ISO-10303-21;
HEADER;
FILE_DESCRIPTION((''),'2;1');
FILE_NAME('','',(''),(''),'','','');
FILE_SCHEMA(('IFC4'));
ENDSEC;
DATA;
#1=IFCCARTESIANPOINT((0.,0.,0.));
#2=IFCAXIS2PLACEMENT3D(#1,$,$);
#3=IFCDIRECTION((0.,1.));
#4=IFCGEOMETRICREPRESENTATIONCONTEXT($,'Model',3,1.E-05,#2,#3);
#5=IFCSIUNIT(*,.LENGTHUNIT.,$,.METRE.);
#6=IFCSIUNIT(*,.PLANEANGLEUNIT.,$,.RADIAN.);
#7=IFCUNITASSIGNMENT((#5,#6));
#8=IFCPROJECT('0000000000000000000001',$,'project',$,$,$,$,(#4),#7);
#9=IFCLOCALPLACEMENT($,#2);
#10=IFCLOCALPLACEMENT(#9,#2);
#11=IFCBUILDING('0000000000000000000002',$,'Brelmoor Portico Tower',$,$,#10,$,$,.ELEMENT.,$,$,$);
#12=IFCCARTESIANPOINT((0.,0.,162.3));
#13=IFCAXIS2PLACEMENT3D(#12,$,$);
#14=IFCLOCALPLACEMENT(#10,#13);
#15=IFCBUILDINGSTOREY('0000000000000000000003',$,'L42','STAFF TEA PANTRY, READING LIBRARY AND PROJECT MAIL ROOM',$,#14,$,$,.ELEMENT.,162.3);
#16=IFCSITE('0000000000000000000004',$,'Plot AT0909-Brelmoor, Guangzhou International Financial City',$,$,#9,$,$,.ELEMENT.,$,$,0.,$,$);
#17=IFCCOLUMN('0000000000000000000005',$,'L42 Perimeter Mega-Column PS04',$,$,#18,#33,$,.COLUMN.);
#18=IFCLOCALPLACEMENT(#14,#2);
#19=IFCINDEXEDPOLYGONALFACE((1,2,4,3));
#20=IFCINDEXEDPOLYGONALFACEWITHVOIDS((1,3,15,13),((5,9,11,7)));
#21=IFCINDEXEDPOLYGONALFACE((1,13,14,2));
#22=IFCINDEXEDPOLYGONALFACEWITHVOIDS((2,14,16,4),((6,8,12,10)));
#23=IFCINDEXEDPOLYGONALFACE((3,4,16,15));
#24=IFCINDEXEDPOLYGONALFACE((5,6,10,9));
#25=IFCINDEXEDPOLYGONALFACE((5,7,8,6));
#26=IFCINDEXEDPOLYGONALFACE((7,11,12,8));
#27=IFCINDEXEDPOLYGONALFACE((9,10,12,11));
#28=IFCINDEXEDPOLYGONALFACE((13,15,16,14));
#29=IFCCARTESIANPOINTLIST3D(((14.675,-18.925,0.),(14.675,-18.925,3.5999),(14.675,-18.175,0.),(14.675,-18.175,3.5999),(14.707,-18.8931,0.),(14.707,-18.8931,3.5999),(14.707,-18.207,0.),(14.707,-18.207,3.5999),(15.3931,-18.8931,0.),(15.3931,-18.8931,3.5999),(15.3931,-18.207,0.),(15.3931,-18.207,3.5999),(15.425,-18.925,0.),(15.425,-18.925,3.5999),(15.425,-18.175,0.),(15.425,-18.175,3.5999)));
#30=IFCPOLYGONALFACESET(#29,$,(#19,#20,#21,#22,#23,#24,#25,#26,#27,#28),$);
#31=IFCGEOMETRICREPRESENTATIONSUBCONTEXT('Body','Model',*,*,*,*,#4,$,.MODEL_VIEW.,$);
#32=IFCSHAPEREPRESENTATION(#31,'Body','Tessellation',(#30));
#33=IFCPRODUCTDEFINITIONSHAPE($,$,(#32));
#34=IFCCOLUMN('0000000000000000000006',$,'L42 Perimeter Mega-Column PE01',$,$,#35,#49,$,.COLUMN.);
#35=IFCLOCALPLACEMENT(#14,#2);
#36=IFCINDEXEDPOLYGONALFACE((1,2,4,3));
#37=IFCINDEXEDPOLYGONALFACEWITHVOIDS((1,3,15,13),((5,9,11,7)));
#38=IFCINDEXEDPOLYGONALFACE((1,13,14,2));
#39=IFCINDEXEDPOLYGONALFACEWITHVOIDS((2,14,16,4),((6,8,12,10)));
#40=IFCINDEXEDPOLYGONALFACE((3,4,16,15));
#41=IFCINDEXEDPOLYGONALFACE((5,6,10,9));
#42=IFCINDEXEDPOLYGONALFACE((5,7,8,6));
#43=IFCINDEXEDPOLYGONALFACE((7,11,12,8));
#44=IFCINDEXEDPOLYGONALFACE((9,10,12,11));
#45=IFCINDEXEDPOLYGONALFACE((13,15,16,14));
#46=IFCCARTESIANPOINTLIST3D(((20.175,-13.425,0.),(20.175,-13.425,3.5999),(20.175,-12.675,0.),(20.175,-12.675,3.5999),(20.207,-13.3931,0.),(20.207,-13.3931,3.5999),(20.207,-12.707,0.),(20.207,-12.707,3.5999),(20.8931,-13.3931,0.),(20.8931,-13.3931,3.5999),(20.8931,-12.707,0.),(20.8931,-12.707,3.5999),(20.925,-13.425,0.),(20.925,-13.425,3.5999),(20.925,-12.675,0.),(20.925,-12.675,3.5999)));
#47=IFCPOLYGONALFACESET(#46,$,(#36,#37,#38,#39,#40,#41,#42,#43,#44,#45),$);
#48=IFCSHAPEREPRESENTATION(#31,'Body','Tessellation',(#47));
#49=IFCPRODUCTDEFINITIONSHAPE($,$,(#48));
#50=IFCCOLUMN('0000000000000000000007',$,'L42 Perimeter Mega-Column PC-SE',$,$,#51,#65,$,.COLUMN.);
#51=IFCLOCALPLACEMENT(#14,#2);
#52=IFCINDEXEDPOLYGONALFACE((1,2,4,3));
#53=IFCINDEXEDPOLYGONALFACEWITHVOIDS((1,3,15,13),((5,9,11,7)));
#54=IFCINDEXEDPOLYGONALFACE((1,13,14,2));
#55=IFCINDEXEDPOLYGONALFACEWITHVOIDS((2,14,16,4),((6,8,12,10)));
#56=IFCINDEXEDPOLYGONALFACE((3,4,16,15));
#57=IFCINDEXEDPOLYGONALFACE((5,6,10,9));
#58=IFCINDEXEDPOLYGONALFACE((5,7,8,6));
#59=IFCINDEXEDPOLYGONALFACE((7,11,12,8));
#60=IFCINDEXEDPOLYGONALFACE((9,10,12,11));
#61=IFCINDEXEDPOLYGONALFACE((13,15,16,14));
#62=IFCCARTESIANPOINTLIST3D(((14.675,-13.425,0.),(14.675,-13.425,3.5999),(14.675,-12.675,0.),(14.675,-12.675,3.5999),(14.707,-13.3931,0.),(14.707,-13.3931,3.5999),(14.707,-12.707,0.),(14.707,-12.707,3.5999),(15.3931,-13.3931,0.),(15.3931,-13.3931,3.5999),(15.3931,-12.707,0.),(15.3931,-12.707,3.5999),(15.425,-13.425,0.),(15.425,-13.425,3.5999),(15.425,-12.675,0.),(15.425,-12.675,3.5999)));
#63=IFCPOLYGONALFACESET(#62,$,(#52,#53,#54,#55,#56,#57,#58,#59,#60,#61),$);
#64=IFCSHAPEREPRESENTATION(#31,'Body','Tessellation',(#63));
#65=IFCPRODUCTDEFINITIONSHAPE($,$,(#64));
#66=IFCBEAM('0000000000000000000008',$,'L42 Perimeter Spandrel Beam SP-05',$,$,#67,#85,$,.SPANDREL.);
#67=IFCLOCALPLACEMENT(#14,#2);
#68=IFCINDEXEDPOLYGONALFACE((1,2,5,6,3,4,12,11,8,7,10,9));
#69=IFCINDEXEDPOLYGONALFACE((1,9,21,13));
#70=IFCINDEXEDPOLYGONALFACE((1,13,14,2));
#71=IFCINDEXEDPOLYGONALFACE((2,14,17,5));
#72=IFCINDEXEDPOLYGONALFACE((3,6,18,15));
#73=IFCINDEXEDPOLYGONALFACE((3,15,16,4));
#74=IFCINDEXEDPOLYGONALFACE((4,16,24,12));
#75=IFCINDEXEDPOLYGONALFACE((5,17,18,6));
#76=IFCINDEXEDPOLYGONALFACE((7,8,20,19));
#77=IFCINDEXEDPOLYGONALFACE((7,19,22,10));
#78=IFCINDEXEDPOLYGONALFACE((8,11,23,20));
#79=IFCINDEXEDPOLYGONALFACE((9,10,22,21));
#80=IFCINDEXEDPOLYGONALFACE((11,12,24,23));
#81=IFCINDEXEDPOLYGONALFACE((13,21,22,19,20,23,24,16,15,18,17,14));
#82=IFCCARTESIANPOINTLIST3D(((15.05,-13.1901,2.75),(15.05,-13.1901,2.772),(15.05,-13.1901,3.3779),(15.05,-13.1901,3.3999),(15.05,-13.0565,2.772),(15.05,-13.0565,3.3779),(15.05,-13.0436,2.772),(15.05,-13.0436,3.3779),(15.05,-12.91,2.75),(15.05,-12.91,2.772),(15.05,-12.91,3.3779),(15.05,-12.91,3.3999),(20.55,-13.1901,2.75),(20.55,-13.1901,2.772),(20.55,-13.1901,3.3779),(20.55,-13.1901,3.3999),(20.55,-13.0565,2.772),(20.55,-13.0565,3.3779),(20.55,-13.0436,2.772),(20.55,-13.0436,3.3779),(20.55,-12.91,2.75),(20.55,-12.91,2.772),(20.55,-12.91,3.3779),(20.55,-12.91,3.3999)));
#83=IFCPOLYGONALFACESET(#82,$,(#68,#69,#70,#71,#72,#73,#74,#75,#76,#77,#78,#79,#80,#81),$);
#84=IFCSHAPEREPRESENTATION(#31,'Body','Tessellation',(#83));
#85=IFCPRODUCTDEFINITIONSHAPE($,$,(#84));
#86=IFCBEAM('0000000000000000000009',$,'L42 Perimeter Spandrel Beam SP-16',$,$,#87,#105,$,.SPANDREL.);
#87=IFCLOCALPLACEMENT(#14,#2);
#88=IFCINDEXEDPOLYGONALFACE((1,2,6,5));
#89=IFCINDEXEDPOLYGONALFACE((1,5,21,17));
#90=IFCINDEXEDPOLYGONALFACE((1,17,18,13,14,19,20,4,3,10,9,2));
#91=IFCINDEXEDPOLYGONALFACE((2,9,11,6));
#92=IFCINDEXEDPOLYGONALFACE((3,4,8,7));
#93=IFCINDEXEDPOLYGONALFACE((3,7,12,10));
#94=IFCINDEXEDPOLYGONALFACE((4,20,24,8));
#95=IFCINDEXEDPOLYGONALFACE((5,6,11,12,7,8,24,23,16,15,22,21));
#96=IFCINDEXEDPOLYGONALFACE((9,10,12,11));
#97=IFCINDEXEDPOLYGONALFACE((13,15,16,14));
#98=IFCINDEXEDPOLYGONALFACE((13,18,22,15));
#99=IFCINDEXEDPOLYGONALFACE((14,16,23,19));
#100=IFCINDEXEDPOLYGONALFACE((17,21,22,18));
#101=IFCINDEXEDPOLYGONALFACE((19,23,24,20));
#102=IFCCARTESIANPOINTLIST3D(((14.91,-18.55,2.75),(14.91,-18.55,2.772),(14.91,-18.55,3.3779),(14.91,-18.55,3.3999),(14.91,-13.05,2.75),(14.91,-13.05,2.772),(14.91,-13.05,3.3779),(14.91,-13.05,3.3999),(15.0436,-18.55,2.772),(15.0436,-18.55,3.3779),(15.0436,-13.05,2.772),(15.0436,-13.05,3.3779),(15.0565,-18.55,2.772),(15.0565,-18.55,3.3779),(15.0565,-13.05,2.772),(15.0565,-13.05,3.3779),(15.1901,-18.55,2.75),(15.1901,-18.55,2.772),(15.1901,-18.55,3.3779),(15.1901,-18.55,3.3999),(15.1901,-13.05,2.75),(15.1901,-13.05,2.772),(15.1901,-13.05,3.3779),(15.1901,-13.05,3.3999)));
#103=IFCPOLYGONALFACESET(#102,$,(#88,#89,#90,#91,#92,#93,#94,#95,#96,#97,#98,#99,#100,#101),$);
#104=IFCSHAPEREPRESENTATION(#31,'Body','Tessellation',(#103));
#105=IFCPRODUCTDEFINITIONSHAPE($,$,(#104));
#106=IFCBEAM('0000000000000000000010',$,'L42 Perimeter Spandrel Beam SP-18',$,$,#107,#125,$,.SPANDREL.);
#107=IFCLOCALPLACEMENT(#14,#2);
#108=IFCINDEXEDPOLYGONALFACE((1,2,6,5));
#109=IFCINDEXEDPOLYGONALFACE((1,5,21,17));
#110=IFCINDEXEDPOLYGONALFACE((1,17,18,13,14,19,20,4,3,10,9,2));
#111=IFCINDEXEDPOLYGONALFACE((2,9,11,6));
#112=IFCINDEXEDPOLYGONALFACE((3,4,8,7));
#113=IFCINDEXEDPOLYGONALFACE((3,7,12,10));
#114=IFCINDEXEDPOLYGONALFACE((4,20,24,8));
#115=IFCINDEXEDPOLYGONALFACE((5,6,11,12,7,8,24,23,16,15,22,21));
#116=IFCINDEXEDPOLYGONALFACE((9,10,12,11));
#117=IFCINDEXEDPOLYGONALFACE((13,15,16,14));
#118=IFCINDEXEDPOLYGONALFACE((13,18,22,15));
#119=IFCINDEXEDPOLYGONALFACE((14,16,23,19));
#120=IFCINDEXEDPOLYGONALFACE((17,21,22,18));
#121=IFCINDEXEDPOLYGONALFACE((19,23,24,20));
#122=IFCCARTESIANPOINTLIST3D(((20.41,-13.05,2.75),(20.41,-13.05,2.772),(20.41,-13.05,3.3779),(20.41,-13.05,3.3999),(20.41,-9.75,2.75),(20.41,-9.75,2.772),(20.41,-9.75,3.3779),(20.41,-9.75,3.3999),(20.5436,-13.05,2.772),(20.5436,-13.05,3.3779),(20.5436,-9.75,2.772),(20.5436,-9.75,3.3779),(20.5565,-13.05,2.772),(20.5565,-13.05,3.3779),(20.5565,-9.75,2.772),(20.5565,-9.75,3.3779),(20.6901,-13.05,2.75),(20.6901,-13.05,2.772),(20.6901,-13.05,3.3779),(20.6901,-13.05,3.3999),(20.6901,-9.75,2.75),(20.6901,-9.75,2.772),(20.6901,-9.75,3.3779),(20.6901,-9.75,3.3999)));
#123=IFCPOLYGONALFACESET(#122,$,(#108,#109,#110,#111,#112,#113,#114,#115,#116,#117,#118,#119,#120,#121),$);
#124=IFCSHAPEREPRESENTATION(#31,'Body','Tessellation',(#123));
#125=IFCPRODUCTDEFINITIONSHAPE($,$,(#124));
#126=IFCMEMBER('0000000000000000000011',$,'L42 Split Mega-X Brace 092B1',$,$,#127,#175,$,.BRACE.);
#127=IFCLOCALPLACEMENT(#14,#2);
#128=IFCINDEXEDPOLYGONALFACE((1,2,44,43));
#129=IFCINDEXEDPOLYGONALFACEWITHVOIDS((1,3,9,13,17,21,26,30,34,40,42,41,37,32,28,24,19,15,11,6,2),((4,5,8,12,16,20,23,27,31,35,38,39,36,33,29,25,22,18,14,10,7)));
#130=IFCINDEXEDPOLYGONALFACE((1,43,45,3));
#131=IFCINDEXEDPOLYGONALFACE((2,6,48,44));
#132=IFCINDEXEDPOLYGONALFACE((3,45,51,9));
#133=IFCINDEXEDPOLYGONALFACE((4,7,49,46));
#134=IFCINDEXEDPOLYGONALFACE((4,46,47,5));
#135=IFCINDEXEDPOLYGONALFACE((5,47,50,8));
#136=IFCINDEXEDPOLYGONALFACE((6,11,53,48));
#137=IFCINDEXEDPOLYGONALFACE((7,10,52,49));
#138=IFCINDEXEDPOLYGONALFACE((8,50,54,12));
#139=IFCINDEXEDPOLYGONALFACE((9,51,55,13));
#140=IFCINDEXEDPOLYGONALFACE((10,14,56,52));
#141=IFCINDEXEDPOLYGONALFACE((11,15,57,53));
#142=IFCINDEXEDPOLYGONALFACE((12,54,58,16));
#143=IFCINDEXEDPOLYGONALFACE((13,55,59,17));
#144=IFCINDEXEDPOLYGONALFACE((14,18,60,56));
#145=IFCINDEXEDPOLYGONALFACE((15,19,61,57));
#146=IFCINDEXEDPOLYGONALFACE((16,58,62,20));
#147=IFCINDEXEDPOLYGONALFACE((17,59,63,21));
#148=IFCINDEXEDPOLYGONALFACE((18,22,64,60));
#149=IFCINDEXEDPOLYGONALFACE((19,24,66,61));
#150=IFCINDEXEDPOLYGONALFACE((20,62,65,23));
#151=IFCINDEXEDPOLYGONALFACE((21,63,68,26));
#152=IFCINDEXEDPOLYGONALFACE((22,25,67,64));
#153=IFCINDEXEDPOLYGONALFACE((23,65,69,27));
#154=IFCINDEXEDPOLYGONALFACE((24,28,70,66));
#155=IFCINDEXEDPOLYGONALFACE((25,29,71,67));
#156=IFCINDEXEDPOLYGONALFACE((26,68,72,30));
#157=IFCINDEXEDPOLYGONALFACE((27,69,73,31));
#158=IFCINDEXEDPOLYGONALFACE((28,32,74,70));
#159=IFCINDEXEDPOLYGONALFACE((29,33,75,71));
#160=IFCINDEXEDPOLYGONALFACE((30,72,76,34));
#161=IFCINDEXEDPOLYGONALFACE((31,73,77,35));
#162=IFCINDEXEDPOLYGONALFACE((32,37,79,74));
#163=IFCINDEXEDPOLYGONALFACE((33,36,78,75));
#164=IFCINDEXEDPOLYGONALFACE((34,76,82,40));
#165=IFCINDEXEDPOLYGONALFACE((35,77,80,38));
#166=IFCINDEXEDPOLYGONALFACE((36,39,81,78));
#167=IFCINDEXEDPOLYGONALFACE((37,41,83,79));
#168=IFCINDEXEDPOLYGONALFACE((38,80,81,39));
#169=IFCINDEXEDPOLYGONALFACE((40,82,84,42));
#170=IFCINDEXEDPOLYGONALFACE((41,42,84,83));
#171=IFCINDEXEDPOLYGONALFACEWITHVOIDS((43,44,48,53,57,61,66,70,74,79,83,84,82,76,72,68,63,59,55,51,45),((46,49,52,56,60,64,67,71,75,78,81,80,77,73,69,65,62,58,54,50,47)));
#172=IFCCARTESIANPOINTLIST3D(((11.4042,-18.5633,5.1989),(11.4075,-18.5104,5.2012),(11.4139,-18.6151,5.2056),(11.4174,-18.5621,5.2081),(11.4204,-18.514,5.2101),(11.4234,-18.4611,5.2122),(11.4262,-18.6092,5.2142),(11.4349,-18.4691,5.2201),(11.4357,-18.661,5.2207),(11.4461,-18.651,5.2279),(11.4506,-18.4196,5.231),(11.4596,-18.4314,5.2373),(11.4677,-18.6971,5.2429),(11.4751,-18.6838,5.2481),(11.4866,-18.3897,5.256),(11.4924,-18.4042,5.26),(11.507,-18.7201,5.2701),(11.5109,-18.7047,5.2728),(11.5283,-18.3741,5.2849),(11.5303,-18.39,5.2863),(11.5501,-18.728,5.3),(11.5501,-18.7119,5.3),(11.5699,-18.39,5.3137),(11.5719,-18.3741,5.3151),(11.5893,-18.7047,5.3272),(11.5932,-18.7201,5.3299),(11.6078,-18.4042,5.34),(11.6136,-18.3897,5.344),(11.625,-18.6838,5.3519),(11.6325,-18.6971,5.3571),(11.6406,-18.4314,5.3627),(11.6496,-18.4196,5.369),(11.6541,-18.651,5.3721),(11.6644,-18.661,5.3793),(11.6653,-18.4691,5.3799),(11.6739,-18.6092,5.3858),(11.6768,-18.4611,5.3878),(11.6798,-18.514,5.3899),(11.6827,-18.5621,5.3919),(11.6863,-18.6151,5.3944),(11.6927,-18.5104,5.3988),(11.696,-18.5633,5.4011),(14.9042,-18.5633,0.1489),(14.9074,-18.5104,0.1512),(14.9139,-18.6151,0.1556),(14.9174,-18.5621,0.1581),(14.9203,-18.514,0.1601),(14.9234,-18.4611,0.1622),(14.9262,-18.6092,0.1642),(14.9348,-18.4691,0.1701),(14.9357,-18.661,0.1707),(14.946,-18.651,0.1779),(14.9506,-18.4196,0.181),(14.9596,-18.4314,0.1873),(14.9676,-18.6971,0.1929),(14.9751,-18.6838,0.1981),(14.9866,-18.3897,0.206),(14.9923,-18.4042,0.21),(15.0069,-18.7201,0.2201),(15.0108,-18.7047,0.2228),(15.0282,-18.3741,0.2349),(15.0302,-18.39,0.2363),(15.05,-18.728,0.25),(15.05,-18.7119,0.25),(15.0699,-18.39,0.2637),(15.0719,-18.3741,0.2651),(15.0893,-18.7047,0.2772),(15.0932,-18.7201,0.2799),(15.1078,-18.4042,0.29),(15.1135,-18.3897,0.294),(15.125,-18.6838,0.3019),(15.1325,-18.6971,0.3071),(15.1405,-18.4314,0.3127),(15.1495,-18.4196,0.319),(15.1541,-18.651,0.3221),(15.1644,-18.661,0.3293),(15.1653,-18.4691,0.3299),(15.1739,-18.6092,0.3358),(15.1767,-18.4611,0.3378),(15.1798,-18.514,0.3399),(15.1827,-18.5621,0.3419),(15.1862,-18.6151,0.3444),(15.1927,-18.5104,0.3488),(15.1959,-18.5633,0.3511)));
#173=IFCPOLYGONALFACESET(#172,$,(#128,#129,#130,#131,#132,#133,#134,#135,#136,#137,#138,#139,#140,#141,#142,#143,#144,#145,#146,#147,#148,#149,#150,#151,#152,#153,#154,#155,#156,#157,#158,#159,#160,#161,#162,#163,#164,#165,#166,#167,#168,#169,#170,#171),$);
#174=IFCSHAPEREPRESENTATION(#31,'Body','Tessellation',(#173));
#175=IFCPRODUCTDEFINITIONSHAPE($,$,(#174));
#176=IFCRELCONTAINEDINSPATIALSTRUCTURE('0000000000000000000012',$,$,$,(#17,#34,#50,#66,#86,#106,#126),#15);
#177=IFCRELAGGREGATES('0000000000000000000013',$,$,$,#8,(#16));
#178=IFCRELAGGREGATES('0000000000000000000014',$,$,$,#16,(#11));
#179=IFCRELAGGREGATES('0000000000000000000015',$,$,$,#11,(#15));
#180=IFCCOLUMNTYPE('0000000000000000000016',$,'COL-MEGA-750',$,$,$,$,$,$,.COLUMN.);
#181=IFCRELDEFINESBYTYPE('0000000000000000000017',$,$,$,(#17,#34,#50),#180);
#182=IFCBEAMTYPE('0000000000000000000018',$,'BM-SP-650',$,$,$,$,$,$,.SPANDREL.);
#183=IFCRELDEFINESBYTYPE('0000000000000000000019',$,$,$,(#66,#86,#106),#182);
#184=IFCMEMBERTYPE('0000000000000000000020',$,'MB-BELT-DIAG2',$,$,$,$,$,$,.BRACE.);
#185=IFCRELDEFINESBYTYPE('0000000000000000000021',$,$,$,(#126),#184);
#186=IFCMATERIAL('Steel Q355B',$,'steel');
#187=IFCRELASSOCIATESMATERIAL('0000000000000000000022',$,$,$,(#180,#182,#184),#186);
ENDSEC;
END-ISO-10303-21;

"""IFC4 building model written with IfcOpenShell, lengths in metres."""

from ifc_helpers import new_model, si_unit, direction, frame, origin, origin_2d, place, context, subcontext, project, spatial, hollow_rectangle, hollow_circle, i_section, extrude, material, material_profile, profile_set, type_object, element, save


model = new_model("IFC4")

# Units and contexts
model_context = context("Model", 3, precision=1e-05, world=origin(), true_north=direction((0.0, 1.0)))
body_context = subcontext(model_context, "Body", "Model", "MODEL_VIEW")
ifc_project = project(units=[si_unit("LENGTHUNIT", "METRE"), si_unit("PLANEANGLEUNIT", "RADIAN")], contexts=[model_context])

# Site, building, storey
site_placement = place(None, origin())
site = spatial("IfcSite", under=ifc_project, at=site_placement, Name="Plot AT0909-Brelmoor, Guangzhou International Financial City", CompositionType="ELEMENT", RefElevation=0.0)
building_placement = place(site_placement, origin())
building = spatial("IfcBuilding", under=site, at=building_placement, Name="Brelmoor Portico Tower", CompositionType="ELEMENT")
storey_placement = place(building_placement, frame((0.0, 0.0, 162.3)))
storey = spatial("IfcBuildingStorey", under=building, at=storey_placement, Name="L42", Description="STAFF TEA PANTRY, READING LIBRARY AND PROJECT MAIL ROOM", CompositionType="ELEMENT", Elevation=162.3)

# Columns
ifc_material_1 = material(Name="Steel Q355B", Category="steel")
ifc_material_profile_1 = material_profile(ifc_material_1, hollow_rectangle(XDim=0.75, YDim=0.75, WallThickness=0.032, at=origin_2d()), Name="BOX 750x750x32")
ifc_profile_set_1 = profile_set([ifc_material_profile_1], Name="Steel Q355B")
column_type = type_object("IfcColumnType", Name="COL-MEGA-750", PredefinedType="COLUMN", material=ifc_profile_set_1)
for number, where, z_axis, x_axis, name in (
    (1, (15.05, -18.55, 0.0), (0.0, 0.0, 1.0), (1.0, 0.0, 0.0), "L42 Perimeter Mega-Column PS04"),
    (2, (20.55, -13.05, 0.0), (0.0, 0.0, 1.0), (0.0, 1.0, 0.0), "L42 Perimeter Mega-Column PE01"),
    (3, (15.05, -13.05, 0.0), (0.0, 0.0, 1.0), (1.0, 0.0, 0.0), "L42 Perimeter Mega-Column PC-SE"),
):
    element("IfcColumn", number, at=place(storey_placement, frame(where, z_axis=z_axis, x_axis=x_axis)), inside=storey, type_object=column_type, Name=name, PredefinedType="COLUMN", context=body_context, shape_type="SweptSolid", body=[
        extrude(hollow_rectangle(XDim=0.75, YDim=0.75, WallThickness=0.032, at=origin_2d()), origin(), (0.0, 0.0, 1.0), 3.5999),
    ])

# Beams
ifc_material_profile_2 = material_profile(ifc_material_1, i_section(OverallWidth=0.28, OverallDepth=0.6499, WebThickness=0.0129, FlangeThickness=0.022, at=origin_2d()), Name="HN 650x280x13x22")
ifc_profile_set_2 = profile_set([ifc_material_profile_2], Name="Steel Q355B")
beam_type = type_object("IfcBeamType", Name="BM-SP-650", PredefinedType="SPANDREL", material=ifc_profile_set_2)
for number, where, z_axis, x_axis, name in (
    (4, (15.05, -13.05, 3.075), (1.0, 0.0, 0.0), (0.0, 1.0, 0.0), "L42 Perimeter Spandrel Beam SP-05"),
    (5, (15.05, -18.55, 3.075), (0.0, 1.0, 0.0), (-1.0, 0.0, 0.0), "L42 Perimeter Spandrel Beam SP-16"),
):
    element("IfcBeam", number, at=place(storey_placement, frame(where, z_axis=z_axis, x_axis=x_axis)), inside=storey, type_object=beam_type, Name=name, PredefinedType="SPANDREL", context=body_context, shape_type="SweptSolid", body=[
        extrude(i_section(OverallWidth=0.28, OverallDepth=0.6499, WebThickness=0.0129, FlangeThickness=0.022, at=origin_2d()), origin(), (0.0, 0.0, 1.0), 5.5),
    ])
beam_placement = place(storey_placement, frame((20.55, -13.05, 3.075), z_axis=(0.0, 1.0, 0.0), x_axis=(-1.0, 0.0, 0.0)))
element("IfcBeam", 6, at=beam_placement, inside=storey, type_object=beam_type, Name="L42 Perimeter Spandrel Beam SP-18", PredefinedType="SPANDREL", context=body_context, shape_type="SweptSolid", body=[
    extrude(i_section(OverallWidth=0.28, OverallDepth=0.6499, WebThickness=0.0129, FlangeThickness=0.022, at=origin_2d()), origin(), (0.0, 0.0, 1.0), 3.3),
])

# Member
ifc_material_profile_3 = material_profile(ifc_material_1, hollow_circle(Radius=0.178, WallThickness=0.0161, at=origin_2d()), Name="CHS 356x16")
ifc_profile_set_3 = profile_set([ifc_material_profile_3], Name="Steel Q355B")
member_type_1 = type_object("IfcMemberType", Name="MB-BELT-DIAG2", PredefinedType="BRACE", material=ifc_profile_set_3)
member_1_placement = place(storey_placement, frame((15.05, -18.55, 0.25), z_axis=(-0.569629, 0.0, 0.821902), x_axis=(0.0, -1.0, 0.0)))
element("IfcMember", 7, at=member_1_placement, inside=storey, type_object=member_type_1, Name="L42 Split Mega-X Brace 092B1", PredefinedType="BRACE", context=body_context, shape_type="SweptSolid", body=[
    extrude(hollow_circle(Radius=0.178, WallThickness=0.0161, at=origin_2d()), origin(), (0.0, 0.0, 1.0), 6.1443),
])

save(model, "model.ifc")
